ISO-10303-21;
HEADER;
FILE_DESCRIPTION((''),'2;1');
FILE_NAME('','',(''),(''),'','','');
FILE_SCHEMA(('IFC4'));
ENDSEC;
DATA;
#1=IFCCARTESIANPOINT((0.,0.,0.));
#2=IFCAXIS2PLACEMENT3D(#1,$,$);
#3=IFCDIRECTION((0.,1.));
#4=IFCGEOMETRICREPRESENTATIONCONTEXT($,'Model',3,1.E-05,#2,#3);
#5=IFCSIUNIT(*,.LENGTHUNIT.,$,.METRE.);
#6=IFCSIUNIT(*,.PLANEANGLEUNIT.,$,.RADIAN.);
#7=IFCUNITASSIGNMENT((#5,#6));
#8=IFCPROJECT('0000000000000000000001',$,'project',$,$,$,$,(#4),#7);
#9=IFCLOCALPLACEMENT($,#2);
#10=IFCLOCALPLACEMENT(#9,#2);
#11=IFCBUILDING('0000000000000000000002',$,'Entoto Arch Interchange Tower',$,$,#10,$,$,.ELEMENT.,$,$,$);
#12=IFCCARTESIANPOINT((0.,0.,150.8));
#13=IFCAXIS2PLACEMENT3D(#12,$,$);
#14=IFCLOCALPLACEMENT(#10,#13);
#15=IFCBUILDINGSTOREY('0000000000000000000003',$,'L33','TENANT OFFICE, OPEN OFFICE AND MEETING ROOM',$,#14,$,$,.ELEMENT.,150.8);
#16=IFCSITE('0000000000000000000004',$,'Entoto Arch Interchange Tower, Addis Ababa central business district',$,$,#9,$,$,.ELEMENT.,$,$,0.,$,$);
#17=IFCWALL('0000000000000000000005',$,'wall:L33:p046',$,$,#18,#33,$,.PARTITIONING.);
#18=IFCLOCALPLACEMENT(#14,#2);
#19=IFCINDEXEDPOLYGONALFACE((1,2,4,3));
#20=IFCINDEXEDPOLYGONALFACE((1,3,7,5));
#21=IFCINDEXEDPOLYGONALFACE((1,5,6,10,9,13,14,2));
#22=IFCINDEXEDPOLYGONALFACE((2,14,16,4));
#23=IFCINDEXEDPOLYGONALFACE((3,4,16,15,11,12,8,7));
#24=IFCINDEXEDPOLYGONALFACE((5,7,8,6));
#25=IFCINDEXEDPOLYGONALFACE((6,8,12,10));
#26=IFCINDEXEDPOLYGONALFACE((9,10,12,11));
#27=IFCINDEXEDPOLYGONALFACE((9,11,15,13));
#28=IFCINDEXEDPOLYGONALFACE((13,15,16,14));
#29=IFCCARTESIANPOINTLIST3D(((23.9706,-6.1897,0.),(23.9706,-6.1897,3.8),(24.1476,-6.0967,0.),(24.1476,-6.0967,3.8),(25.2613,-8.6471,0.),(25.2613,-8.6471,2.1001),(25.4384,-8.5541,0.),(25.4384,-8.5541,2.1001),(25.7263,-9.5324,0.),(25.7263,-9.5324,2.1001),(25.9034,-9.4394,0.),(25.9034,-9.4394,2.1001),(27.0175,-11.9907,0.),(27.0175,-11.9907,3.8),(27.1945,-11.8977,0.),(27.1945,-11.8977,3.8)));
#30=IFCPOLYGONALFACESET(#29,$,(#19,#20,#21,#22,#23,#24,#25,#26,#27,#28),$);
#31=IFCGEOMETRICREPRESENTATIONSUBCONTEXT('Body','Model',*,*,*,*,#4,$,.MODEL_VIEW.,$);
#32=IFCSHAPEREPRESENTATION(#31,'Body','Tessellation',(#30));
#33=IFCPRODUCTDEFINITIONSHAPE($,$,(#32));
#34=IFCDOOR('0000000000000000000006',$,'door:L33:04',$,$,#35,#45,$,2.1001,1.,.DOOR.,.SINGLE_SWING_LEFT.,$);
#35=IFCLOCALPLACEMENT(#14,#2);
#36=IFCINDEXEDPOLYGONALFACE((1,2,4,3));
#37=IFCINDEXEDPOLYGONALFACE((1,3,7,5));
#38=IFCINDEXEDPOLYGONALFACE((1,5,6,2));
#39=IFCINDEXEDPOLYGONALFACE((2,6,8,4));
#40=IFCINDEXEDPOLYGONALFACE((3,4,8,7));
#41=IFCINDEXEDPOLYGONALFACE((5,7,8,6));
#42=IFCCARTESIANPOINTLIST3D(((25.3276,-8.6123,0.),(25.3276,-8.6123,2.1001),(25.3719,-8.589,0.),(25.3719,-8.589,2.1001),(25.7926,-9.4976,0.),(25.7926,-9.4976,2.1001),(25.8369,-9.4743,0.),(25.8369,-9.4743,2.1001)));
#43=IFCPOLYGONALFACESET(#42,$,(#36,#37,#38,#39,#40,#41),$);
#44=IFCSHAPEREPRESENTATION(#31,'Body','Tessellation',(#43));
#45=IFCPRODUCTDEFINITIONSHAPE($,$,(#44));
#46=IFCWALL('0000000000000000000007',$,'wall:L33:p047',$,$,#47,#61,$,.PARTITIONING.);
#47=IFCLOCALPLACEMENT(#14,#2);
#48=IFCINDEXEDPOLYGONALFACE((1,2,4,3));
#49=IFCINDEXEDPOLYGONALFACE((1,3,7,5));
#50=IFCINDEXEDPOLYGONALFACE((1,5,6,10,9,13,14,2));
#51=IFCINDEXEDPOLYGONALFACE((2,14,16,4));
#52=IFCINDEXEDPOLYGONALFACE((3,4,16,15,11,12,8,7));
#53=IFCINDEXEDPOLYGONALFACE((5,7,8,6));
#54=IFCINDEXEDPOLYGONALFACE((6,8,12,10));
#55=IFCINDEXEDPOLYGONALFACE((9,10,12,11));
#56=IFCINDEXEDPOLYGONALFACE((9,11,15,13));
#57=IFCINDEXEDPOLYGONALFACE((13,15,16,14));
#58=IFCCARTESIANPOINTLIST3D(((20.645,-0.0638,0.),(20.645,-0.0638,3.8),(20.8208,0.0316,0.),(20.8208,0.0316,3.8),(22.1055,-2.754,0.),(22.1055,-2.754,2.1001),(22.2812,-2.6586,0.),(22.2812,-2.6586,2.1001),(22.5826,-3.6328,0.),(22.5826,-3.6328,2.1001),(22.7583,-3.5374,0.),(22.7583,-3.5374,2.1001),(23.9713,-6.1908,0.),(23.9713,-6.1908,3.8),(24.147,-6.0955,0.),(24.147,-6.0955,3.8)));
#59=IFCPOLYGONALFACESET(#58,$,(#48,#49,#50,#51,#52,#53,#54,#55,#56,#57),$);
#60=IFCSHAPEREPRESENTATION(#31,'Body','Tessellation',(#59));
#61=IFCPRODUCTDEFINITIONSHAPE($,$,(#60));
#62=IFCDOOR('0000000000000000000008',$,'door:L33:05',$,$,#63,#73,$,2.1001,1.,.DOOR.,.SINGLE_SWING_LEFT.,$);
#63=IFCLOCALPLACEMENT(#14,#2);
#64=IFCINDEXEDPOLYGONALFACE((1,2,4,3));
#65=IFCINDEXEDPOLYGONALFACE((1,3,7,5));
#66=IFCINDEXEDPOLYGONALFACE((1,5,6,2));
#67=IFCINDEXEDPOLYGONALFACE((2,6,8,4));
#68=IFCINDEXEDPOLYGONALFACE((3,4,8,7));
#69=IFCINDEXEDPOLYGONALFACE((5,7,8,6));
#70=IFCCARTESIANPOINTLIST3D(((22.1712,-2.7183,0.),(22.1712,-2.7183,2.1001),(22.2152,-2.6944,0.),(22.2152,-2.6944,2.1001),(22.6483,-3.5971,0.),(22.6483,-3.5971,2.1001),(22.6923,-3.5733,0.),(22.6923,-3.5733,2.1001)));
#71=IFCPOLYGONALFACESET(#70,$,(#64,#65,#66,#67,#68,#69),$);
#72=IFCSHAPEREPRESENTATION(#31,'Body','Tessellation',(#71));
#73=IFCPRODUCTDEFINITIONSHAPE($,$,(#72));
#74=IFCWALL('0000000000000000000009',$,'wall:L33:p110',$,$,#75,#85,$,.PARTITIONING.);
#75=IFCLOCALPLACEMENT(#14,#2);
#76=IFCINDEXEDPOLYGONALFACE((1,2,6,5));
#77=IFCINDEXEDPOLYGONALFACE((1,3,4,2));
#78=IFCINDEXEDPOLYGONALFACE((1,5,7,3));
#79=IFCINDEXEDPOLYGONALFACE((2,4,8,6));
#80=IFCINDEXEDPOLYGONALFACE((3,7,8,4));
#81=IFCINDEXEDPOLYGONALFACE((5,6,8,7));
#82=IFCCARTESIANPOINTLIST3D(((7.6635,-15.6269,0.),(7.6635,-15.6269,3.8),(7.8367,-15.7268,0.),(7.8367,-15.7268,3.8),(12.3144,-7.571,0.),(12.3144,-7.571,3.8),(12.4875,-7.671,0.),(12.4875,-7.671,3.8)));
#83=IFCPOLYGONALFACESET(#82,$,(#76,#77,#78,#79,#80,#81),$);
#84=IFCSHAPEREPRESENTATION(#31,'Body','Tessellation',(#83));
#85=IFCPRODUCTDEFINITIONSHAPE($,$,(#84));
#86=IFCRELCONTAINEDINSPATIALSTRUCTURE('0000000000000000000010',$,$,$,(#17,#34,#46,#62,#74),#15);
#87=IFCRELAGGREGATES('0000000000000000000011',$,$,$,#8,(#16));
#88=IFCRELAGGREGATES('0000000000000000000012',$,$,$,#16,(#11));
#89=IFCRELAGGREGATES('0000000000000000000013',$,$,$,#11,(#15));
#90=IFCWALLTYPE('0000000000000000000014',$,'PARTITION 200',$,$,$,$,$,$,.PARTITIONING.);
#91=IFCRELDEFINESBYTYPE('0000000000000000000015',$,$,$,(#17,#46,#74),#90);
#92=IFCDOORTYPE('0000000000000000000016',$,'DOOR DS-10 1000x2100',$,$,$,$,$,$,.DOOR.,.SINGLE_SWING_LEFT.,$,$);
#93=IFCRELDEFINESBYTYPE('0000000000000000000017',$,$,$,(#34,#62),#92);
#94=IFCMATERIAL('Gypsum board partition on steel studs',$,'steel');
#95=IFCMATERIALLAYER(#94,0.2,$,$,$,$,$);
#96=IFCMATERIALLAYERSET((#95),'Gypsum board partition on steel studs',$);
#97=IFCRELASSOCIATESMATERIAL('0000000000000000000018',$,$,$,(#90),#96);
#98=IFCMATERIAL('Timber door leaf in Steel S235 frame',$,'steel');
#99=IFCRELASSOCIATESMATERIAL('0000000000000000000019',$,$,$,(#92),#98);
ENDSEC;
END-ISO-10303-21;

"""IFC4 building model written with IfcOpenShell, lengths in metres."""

from ifc_helpers import new_model, si_unit, direction, frame, frame_2d, origin, place, context, subcontext, project, spatial, rectangle, extrude, material, layer, layer_set, type_object, element, fill, save


model = new_model("IFC4")

# Units and contexts
model_context = context("Model", 3, precision=1e-05, world=origin(), true_north=direction((0.0, 1.0)))
body_context = subcontext(model_context, "Body", "Model", "MODEL_VIEW")
ifc_project = project(units=[si_unit("LENGTHUNIT", "METRE"), si_unit("PLANEANGLEUNIT", "RADIAN")], contexts=[model_context])

# Site, building, storey
site_placement = place(None, origin())
site = spatial("IfcSite", under=ifc_project, at=site_placement, Name="Entoto Arch Interchange Tower, Addis Ababa central business district", CompositionType="ELEMENT", RefElevation=0.0)
building_placement = place(site_placement, origin())
building = spatial("IfcBuilding", under=site, at=building_placement, Name="Entoto Arch Interchange Tower", CompositionType="ELEMENT")
storey_placement = place(building_placement, frame((0.0, 0.0, 150.8)))
storey = spatial("IfcBuildingStorey", under=building, at=storey_placement, Name="L33", Description="TENANT OFFICE, OPEN OFFICE AND MEETING ROOM", CompositionType="ELEMENT", Elevation=150.8)

# Shared definitions
ifc_material_1 = material(Name="Gypsum board partition on steel studs", Category="steel")
ifc_layer_1 = layer(ifc_material_1, 0.2)
ifc_layer_set_1 = layer_set([ifc_layer_1], Name="Gypsum board partition on steel studs")
wall_type_1 = type_object("IfcWallType", Name="PARTITION 200", PredefinedType="PARTITIONING", material=ifc_layer_set_1)

# Walls, openings, doors
wall_1_placement = place(storey_placement, frame((24.0591, -6.1431, 0.0), z_axis=(0.0, 0.0, 1.0), x_axis=(0.464994, -0.885314, 0.0)))
wall_1 = element("IfcWall", 1, at=wall_1_placement, inside=storey, type_object=wall_type_1, Name="wall:L33:p046", PredefinedType="PARTITIONING", context=body_context, shape_type="SweptSolid", body=[
    extrude(rectangle(XDim=6.5525, YDim=0.2, at=frame_2d((3.2764, 0.0))), origin(), (0.0, 0.0, 1.0), 3.8),
])
opening_1_placement = place(wall_1_placement, frame((2.7759, 0.0, 0.0)))
opening_1 = element("IfcOpeningElement", 2, at=opening_1_placement, cuts=wall_1, PredefinedType="OPENING", context=body_context, shape_type="SweptSolid", body=[
    extrude(rectangle(XDim=1.0, YDim=2.1001, at=frame_2d((0.5, 1.05))), frame((0.0, 0.1099, 0.0), z_axis=(0.0, -1.0, 0.0), x_axis=(1.0, 0.0, 0.0)), (0.0, 0.0, 1.0), 0.22),
])
ifc_material_2 = material(Name="Timber door leaf in Steel S235 frame", Category="steel")
door_type_1 = type_object("IfcDoorType", Name="DOOR DS-10 1000x2100", OperationType="SINGLE_SWING_LEFT", PredefinedType="DOOR", material=ifc_material_2)
door_1_placement = place(opening_1_placement, origin())
door_1 = element("IfcDoor", 3, at=door_1_placement, inside=storey, type_object=door_type_1, Name="door:L33:04", OperationType="SINGLE_SWING_LEFT", OverallHeight=2.1001, OverallWidth=1.0, PredefinedType="DOOR", context=body_context, shape_type="SweptSolid", body=[
    extrude(rectangle(XDim=1.0, YDim=2.1001, at=frame_2d((0.5, 1.05))), frame((0.0, 0.0249, 0.0), z_axis=(0.0, -1.0, 0.0), x_axis=(1.0, 0.0, 0.0)), (0.0, 0.0, 1.0), 0.05),
])
fill(opening_1, door_1)
wall_2_placement = place(storey_placement, frame((20.7329, -0.0161, 0.0), z_axis=(0.0, 0.0, 1.0), x_axis=(0.477104, -0.878847, 0.0)))
wall_2 = element("IfcWall", 4, at=wall_2_placement, inside=storey, type_object=wall_type_1, Name="wall:L33:p047", PredefinedType="PARTITIONING", context=body_context, shape_type="SweptSolid", body=[
    extrude(rectangle(XDim=6.9717, YDim=0.2, at=frame_2d((3.4858, 0.0))), origin(), (0.0, 0.0, 1.0), 3.8),
])
opening_2_placement = place(wall_2_placement, frame((3.061, 0.0, 0.0)))
opening_2 = element("IfcOpeningElement", 5, at=opening_2_placement, cuts=wall_2, PredefinedType="OPENING", context=body_context, shape_type="SweptSolid", body=[
    extrude(rectangle(XDim=1.0, YDim=2.1001, at=frame_2d((0.5, 1.05))), frame((0.0, 0.1099, 0.0), z_axis=(0.0, -1.0, 0.0), x_axis=(1.0, 0.0, 0.0)), (0.0, 0.0, 1.0), 0.22),
])
door_2_placement = place(opening_2_placement, origin())
door_2 = element("IfcDoor", 6, at=door_2_placement, inside=storey, type_object=door_type_1, Name="door:L33:05", OperationType="SINGLE_SWING_LEFT", OverallHeight=2.1001, OverallWidth=1.0, PredefinedType="DOOR", context=body_context, shape_type="SweptSolid", body=[
    extrude(rectangle(XDim=1.0, YDim=2.1001, at=frame_2d((0.5, 1.05))), frame((0.0, 0.0249, 0.0), z_axis=(0.0, -1.0, 0.0), x_axis=(1.0, 0.0, 0.0)), (0.0, 0.0, 1.0), 0.05),
])
fill(opening_2, door_2)

# Wall
wall_3_placement = place(storey_placement, frame((12.4009, -7.6211, 0.0), z_axis=(0.0, 0.0, 1.0), x_axis=(-0.499984, -0.866035, 0.0)))
element("IfcWall", 7, at=wall_3_placement, inside=storey, type_object=wall_type_1, Name="wall:L33:p110", PredefinedType="PARTITIONING", context=body_context, shape_type="SweptSolid", body=[
    extrude(rectangle(XDim=9.302, YDim=0.2, at=frame_2d((4.6509, 0.0))), origin(), (0.0, 0.0, 1.0), 3.8),
])

save(model, "model.ifc")
